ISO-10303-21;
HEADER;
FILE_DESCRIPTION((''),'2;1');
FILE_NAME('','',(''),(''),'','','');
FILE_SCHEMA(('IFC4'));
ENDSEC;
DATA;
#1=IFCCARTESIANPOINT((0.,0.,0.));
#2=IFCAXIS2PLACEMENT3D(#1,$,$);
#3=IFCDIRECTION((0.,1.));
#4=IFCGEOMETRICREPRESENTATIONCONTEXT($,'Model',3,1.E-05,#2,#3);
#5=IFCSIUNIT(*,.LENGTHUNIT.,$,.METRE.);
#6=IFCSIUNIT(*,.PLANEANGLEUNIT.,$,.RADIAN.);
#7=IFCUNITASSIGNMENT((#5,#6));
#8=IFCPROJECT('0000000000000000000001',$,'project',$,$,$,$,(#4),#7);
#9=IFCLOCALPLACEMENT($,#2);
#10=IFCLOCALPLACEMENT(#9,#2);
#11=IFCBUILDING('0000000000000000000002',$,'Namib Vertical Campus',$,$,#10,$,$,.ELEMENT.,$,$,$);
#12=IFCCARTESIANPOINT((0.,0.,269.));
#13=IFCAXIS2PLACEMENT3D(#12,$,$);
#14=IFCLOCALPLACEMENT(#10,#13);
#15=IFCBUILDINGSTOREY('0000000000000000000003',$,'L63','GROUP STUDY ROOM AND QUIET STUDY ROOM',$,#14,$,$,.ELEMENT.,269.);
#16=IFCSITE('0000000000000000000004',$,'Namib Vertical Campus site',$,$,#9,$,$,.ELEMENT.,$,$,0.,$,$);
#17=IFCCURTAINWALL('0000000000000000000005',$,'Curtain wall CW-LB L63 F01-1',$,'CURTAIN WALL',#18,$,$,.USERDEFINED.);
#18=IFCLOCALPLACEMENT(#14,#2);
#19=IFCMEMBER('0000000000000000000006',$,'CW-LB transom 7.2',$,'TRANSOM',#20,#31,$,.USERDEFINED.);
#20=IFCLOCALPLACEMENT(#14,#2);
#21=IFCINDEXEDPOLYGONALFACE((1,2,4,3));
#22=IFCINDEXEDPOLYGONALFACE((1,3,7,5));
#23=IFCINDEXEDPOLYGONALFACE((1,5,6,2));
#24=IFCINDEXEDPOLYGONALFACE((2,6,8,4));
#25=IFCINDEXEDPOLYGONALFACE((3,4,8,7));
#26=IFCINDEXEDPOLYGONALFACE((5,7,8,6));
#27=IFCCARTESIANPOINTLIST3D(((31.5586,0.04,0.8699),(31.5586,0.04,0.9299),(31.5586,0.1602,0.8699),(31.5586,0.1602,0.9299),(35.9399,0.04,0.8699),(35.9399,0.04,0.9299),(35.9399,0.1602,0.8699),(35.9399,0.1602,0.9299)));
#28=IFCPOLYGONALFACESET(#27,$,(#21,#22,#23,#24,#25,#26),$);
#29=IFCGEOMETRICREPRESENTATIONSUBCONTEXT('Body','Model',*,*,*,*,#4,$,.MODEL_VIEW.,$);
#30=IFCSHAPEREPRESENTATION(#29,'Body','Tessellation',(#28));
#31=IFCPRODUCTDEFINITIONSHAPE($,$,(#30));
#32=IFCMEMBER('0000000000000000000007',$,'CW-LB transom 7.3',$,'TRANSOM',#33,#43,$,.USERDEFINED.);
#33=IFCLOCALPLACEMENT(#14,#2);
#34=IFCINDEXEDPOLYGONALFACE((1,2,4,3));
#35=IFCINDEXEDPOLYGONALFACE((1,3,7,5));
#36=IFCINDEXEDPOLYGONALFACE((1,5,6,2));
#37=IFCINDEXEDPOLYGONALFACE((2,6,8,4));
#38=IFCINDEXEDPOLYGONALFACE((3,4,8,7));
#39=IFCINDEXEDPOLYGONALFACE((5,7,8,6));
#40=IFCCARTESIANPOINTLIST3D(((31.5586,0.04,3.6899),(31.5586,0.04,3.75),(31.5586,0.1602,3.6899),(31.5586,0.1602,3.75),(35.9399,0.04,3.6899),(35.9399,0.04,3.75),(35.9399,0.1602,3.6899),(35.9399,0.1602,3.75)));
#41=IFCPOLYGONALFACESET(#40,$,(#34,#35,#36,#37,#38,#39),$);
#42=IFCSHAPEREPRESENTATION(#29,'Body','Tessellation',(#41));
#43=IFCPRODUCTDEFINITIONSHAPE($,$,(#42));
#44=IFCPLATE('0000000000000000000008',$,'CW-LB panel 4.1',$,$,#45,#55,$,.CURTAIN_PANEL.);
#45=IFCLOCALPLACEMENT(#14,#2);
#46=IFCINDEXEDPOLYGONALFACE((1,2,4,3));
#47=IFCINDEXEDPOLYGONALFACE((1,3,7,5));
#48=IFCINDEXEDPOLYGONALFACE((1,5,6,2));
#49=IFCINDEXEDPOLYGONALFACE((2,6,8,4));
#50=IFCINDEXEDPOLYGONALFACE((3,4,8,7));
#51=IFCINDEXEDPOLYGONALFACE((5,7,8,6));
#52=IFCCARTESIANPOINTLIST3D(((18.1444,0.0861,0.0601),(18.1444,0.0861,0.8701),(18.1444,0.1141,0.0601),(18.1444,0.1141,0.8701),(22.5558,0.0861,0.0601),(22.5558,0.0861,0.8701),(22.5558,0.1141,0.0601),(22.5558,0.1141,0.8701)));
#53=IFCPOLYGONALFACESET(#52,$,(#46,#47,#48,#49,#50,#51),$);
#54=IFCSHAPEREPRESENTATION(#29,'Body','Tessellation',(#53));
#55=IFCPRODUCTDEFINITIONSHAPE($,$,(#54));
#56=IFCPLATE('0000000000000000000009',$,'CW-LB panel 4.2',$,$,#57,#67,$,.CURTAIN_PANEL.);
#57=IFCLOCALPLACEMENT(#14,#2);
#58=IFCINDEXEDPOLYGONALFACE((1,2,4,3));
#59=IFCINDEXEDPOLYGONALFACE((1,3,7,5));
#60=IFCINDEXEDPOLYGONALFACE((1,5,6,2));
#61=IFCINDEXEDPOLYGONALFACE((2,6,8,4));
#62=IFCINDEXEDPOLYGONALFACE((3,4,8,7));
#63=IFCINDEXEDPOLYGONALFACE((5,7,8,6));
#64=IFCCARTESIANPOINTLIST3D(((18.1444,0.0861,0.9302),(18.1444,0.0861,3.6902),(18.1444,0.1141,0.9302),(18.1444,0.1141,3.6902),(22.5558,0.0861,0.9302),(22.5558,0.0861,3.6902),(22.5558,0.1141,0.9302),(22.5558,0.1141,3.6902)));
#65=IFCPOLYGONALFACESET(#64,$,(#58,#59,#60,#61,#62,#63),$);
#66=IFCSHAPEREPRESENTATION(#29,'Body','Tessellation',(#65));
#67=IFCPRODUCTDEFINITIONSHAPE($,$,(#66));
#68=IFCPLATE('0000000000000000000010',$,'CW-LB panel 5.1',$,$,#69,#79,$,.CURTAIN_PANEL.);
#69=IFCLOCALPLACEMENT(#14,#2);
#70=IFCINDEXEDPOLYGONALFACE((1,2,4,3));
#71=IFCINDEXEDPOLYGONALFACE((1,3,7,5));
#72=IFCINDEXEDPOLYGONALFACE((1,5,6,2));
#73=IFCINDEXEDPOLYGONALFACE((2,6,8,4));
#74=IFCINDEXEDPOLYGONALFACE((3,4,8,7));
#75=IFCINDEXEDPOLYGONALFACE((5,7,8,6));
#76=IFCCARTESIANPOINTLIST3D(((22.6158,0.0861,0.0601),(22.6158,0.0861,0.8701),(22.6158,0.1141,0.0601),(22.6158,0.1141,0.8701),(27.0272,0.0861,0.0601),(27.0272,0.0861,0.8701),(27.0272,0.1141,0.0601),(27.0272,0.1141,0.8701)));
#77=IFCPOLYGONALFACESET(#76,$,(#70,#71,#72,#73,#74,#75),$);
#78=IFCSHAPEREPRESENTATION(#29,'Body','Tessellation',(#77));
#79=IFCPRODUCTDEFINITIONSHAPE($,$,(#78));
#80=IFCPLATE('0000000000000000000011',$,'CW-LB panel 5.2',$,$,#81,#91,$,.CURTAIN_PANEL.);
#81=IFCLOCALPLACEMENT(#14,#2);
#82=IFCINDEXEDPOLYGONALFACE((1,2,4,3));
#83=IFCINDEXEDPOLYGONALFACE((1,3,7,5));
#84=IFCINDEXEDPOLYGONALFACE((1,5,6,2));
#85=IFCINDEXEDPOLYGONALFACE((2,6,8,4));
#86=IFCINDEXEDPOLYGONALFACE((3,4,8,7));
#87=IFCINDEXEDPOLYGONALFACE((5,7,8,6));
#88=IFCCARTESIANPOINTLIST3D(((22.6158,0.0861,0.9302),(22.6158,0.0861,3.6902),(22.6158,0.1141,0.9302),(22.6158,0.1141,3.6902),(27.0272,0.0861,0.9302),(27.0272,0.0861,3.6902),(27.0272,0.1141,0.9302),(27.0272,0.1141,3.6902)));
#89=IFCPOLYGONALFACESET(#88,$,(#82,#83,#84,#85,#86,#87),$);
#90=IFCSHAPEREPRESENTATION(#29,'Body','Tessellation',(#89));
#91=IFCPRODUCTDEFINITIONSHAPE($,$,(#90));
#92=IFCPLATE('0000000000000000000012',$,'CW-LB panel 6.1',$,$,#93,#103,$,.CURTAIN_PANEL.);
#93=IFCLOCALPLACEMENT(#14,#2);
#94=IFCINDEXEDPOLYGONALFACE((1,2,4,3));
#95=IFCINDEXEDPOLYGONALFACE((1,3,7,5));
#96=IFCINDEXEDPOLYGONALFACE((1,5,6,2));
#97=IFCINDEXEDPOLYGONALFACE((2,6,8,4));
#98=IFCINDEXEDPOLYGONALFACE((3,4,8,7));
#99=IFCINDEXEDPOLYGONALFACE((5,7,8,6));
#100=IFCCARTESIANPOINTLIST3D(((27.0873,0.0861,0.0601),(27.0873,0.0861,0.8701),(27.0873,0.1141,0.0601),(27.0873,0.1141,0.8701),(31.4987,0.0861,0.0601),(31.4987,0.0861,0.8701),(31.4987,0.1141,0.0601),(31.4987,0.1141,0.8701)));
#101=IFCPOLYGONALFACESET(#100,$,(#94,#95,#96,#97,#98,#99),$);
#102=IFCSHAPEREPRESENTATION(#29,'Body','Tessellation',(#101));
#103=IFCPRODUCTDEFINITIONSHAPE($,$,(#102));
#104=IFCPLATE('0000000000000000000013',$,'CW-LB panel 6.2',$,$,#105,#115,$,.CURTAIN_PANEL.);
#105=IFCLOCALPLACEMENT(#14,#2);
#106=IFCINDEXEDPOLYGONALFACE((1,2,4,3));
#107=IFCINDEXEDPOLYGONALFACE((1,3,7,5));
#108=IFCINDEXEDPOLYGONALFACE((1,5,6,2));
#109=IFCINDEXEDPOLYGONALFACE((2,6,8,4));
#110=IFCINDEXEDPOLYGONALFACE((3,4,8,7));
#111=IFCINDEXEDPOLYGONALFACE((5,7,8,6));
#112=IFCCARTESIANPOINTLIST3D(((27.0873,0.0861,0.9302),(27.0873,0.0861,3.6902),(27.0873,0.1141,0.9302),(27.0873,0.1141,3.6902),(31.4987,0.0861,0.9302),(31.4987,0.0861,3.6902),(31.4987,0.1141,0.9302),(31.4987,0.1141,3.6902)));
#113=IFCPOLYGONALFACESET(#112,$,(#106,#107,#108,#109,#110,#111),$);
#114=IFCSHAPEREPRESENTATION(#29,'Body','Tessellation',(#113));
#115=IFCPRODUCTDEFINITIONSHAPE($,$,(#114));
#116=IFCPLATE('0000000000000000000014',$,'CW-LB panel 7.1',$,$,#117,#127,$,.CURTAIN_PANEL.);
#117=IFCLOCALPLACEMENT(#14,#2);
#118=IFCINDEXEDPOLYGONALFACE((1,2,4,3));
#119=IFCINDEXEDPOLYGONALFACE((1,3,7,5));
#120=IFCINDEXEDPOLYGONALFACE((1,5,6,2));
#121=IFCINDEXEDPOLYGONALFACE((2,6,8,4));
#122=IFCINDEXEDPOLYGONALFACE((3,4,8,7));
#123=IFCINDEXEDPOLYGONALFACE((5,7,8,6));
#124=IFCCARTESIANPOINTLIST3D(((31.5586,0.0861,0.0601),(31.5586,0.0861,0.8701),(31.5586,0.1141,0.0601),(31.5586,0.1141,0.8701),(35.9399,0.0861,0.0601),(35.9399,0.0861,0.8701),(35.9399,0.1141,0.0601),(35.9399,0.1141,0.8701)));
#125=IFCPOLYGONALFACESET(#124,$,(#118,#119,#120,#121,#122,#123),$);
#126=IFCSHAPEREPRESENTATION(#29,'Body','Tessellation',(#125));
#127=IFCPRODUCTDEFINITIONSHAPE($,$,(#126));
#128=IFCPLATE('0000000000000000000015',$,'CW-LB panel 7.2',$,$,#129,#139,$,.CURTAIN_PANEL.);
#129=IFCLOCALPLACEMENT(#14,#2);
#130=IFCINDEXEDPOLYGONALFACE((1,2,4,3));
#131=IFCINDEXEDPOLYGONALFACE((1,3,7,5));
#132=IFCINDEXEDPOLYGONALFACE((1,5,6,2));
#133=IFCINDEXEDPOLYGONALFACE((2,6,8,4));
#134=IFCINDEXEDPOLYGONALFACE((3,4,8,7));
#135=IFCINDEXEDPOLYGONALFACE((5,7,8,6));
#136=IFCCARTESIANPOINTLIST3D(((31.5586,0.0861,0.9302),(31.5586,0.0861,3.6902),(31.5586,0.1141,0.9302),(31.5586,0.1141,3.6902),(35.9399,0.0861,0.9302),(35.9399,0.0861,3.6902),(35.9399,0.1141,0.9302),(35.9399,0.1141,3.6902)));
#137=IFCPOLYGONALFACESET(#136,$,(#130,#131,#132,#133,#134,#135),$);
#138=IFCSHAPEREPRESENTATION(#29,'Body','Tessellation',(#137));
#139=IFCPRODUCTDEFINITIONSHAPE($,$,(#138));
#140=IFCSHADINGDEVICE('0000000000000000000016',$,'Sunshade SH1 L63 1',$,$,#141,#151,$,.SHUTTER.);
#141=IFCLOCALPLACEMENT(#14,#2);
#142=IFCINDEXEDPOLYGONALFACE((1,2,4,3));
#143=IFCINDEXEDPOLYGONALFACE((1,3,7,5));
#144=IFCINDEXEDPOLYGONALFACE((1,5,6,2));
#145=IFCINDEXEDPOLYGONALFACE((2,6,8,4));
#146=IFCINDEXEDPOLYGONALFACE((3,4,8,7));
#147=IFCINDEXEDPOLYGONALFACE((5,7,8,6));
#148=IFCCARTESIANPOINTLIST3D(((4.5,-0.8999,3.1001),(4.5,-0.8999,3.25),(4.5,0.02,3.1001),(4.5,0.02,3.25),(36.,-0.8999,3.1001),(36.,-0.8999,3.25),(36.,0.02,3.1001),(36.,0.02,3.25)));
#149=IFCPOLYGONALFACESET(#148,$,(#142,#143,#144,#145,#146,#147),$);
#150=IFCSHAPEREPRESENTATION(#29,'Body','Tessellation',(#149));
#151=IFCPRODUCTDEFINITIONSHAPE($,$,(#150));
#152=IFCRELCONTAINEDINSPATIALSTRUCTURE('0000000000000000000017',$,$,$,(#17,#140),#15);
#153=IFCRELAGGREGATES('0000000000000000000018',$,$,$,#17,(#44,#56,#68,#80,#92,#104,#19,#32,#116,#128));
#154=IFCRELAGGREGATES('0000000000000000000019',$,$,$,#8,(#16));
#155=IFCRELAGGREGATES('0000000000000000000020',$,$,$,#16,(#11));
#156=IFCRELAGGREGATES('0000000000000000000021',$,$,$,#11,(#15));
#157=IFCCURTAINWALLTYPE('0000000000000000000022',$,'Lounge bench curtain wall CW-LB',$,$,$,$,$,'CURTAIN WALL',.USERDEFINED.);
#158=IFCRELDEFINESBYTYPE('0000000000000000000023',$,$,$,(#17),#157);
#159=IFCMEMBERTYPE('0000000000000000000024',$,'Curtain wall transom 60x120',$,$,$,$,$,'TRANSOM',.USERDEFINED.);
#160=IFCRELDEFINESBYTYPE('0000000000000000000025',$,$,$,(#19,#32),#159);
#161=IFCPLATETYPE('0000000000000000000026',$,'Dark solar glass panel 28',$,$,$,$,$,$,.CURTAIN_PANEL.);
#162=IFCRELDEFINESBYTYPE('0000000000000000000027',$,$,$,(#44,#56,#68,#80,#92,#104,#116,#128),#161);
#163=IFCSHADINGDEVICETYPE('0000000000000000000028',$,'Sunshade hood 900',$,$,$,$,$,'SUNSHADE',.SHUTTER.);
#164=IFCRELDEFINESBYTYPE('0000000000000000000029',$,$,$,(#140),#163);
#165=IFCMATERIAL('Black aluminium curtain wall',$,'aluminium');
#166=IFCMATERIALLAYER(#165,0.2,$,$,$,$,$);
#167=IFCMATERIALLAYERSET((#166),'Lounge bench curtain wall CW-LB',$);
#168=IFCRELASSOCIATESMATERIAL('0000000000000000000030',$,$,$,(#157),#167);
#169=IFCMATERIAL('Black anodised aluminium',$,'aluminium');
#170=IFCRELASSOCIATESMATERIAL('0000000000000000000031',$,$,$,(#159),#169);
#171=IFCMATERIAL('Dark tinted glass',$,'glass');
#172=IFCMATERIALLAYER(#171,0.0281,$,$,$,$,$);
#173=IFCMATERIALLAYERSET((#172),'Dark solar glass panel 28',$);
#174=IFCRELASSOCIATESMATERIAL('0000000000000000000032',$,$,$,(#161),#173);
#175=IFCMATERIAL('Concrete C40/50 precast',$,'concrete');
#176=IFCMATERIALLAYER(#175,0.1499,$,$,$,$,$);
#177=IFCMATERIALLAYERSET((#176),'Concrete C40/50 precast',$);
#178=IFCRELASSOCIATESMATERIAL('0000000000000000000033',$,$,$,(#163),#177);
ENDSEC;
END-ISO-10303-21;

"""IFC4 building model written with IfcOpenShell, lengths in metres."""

from ifc_helpers import new_model, si_unit, direction, frame, origin, origin_2d, place, context, subcontext, project, spatial, rectangle, extrude, material, layer, layer_set, material_profile, profile_set, type_object, element, aggregate, save


model = new_model("IFC4")

# Units and contexts
model_context = context("Model", 3, precision=1e-05, world=origin(), true_north=direction((0.0, 1.0)))
body_context = subcontext(model_context, "Body", "Model", "MODEL_VIEW")
ifc_project = project(units=[si_unit("LENGTHUNIT", "METRE"), si_unit("PLANEANGLEUNIT", "RADIAN")], contexts=[model_context])

# Site, building, storey
site_placement = place(None, origin())
site = spatial("IfcSite", under=ifc_project, at=site_placement, Name="Namib Vertical Campus site", CompositionType="ELEMENT", RefElevation=0.0)
building_placement = place(site_placement, origin())
building = spatial("IfcBuilding", under=site, at=building_placement, Name="Namib Vertical Campus", CompositionType="ELEMENT")
storey_placement = place(building_placement, frame((0.0, 0.0, 269.0)))
storey = spatial("IfcBuildingStorey", under=building, at=storey_placement, Name="L63", Description="GROUP STUDY ROOM AND QUIET STUDY ROOM", CompositionType="ELEMENT", Elevation=269.0)

# Curtain wall, members, plates
ifc_material_1 = material(Name="Black aluminium curtain wall", Category="aluminium")
ifc_layer_1 = layer(ifc_material_1, 0.2)
ifc_layer_set_1 = layer_set([ifc_layer_1], Name="Lounge bench curtain wall CW-LB")
curtain_wall_type = type_object("IfcCurtainWallType", Name="Lounge bench curtain wall CW-LB", ElementType="CURTAIN WALL", PredefinedType="USERDEFINED", material=ifc_layer_set_1)
curtain_wall_placement = place(storey_placement, origin())
curtain_wall = element("IfcCurtainWall", 1, at=curtain_wall_placement, inside=storey, type_object=curtain_wall_type, Name="Curtain wall CW-LB L63 F01-1", ObjectType="CURTAIN WALL", PredefinedType="USERDEFINED")
ifc_material_2 = material(Name="Black anodised aluminium", Category="aluminium")
ifc_material_profile_1 = material_profile(ifc_material_2, rectangle(XDim=0.0601, YDim=0.1201, at=origin_2d()))
ifc_profile_set_1 = profile_set([ifc_material_profile_1], Name="Black anodised aluminium")
member_type_1 = type_object("IfcMemberType", Name="Curtain wall transom 60x120", ElementType="TRANSOM", PredefinedType="USERDEFINED", material=ifc_profile_set_1)
member_1_placement = place(storey_placement, frame((31.5586, 0.1001, 0.8999), z_axis=(1.0, 0.0, 0.0), x_axis=(0.0, 0.0, 1.0)))
member_1 = element("IfcMember", 2, at=member_1_placement, type_object=member_type_1, Name="CW-LB transom 7.2", ObjectType="TRANSOM", PredefinedType="USERDEFINED", context=body_context, shape_type="SweptSolid", body=[
    extrude(rectangle(XDim=0.0601, YDim=0.1201, at=origin_2d()), origin(), (0.0, 0.0, 1.0), 4.3813),
])
member_2_placement = place(storey_placement, frame((31.5586, 0.1001, 3.72), z_axis=(1.0, 0.0, 0.0), x_axis=(0.0, 0.0, 1.0)))
member_2 = element("IfcMember", 3, at=member_2_placement, type_object=member_type_1, Name="CW-LB transom 7.3", ObjectType="TRANSOM", PredefinedType="USERDEFINED", context=body_context, shape_type="SweptSolid", body=[
    extrude(rectangle(XDim=0.0601, YDim=0.1201, at=origin_2d()), origin(), (0.0, 0.0, 1.0), 4.3813),
])
ifc_material_3 = material(Name="Dark tinted glass", Category="glass")
ifc_layer_2 = layer(ifc_material_3, 0.0281)
ifc_layer_set_2 = layer_set([ifc_layer_2], Name="Dark solar glass panel 28")
plate_type = type_object("IfcPlateType", Name="Dark solar glass panel 28", PredefinedType="CURTAIN_PANEL", material=ifc_layer_set_2)
plate_1_placement = place(storey_placement, frame((20.3501, 0.1001, 0.0601), z_axis=(0.0, 0.0, 1.0), x_axis=(1.0, 0.0, 0.0)))
plate_1 = element("IfcPlate", 4, at=plate_1_placement, type_object=plate_type, Name="CW-LB panel 4.1", PredefinedType="CURTAIN_PANEL", context=body_context, shape_type="SweptSolid", body=[
    extrude(rectangle(XDim=4.4114, YDim=0.0281, at=origin_2d()), origin(), (0.0, 0.0, 1.0), 0.8101),
])
plate_2_placement = place(storey_placement, frame((20.3501, 0.1001, 0.9302), z_axis=(0.0, 0.0, 1.0), x_axis=(1.0, 0.0, 0.0)))
plate_2 = element("IfcPlate", 5, at=plate_2_placement, type_object=plate_type, Name="CW-LB panel 4.2", PredefinedType="CURTAIN_PANEL", context=body_context, shape_type="SweptSolid", body=[
    extrude(rectangle(XDim=4.4114, YDim=0.0281, at=origin_2d()), origin(), (0.0, 0.0, 1.0), 2.76),
])
plate_3_placement = place(storey_placement, frame((24.8215, 0.1001, 0.0601), z_axis=(0.0, 0.0, 1.0), x_axis=(1.0, 0.0, 0.0)))
plate_3 = element("IfcPlate", 6, at=plate_3_placement, type_object=plate_type, Name="CW-LB panel 5.1", PredefinedType="CURTAIN_PANEL", context=body_context, shape_type="SweptSolid", body=[
    extrude(rectangle(XDim=4.4114, YDim=0.0281, at=origin_2d()), origin(), (0.0, 0.0, 1.0), 0.8101),
])
plate_4_placement = place(storey_placement, frame((24.8215, 0.1001, 0.9302), z_axis=(0.0, 0.0, 1.0), x_axis=(1.0, 0.0, 0.0)))
plate_4 = element("IfcPlate", 7, at=plate_4_placement, type_object=plate_type, Name="CW-LB panel 5.2", PredefinedType="CURTAIN_PANEL", context=body_context, shape_type="SweptSolid", body=[
    extrude(rectangle(XDim=4.4114, YDim=0.0281, at=origin_2d()), origin(), (0.0, 0.0, 1.0), 2.76),
])
plate_5_placement = place(storey_placement, frame((29.293, 0.1001, 0.0601), z_axis=(0.0, 0.0, 1.0), x_axis=(1.0, 0.0, 0.0)))
plate_5 = element("IfcPlate", 8, at=plate_5_placement, type_object=plate_type, Name="CW-LB panel 6.1", PredefinedType="CURTAIN_PANEL", context=body_context, shape_type="SweptSolid", body=[
    extrude(rectangle(XDim=4.4114, YDim=0.0281, at=origin_2d()), origin(), (0.0, 0.0, 1.0), 0.8101),
])
plate_6_placement = place(storey_placement, frame((29.293, 0.1001, 0.9302), z_axis=(0.0, 0.0, 1.0), x_axis=(1.0, 0.0, 0.0)))
plate_6 = element("IfcPlate", 9, at=plate_6_placement, type_object=plate_type, Name="CW-LB panel 6.2", PredefinedType="CURTAIN_PANEL", context=body_context, shape_type="SweptSolid", body=[
    extrude(rectangle(XDim=4.4114, YDim=0.0281, at=origin_2d()), origin(), (0.0, 0.0, 1.0), 2.76),
])
plate_7_placement = place(storey_placement, frame((33.7493, 0.1001, 0.0601), z_axis=(0.0, 0.0, 1.0), x_axis=(1.0, 0.0, 0.0)))
plate_7 = element("IfcPlate", 10, at=plate_7_placement, type_object=plate_type, Name="CW-LB panel 7.1", PredefinedType="CURTAIN_PANEL", context=body_context, shape_type="SweptSolid", body=[
    extrude(rectangle(XDim=4.3813, YDim=0.0281, at=origin_2d()), origin(), (0.0, 0.0, 1.0), 0.8101),
])
plate_8_placement = place(storey_placement, frame((33.7493, 0.1001, 0.9302), z_axis=(0.0, 0.0, 1.0), x_axis=(1.0, 0.0, 0.0)))
plate_8 = element("IfcPlate", 11, at=plate_8_placement, type_object=plate_type, Name="CW-LB panel 7.2", PredefinedType="CURTAIN_PANEL", context=body_context, shape_type="SweptSolid", body=[
    extrude(rectangle(XDim=4.3813, YDim=0.0281, at=origin_2d()), origin(), (0.0, 0.0, 1.0), 2.76),
])
aggregate(curtain_wall, [plate_1, plate_2, plate_3, plate_4, plate_5, plate_6, member_1, member_2, plate_7, plate_8])

# Shading device
ifc_material_4 = material(Name="Concrete C40/50 precast", Category="concrete")
ifc_layer_3 = layer(ifc_material_4, 0.1499)
ifc_layer_set_3 = layer_set([ifc_layer_3], Name="Concrete C40/50 precast")
shading_device_type = type_object("IfcShadingDeviceType", Name="Sunshade hood 900", ElementType="SUNSHADE", PredefinedType="SHUTTER", material=ifc_layer_set_3)
shading_device_placement = place(storey_placement, frame((20.25, -0.4399, 3.1001), z_axis=(0.0, 0.0, 1.0), x_axis=(1.0, 0.0, 0.0)))
element("IfcShadingDevice", 12, at=shading_device_placement, inside=storey, type_object=shading_device_type, Name="Sunshade SH1 L63 1", PredefinedType="SHUTTER", context=body_context, shape_type="SweptSolid", body=[
    extrude(rectangle(XDim=31.5, YDim=0.9199, at=origin_2d()), origin(), (0.0, 0.0, 1.0), 0.1499),
])

save(model, "model.ifc")
